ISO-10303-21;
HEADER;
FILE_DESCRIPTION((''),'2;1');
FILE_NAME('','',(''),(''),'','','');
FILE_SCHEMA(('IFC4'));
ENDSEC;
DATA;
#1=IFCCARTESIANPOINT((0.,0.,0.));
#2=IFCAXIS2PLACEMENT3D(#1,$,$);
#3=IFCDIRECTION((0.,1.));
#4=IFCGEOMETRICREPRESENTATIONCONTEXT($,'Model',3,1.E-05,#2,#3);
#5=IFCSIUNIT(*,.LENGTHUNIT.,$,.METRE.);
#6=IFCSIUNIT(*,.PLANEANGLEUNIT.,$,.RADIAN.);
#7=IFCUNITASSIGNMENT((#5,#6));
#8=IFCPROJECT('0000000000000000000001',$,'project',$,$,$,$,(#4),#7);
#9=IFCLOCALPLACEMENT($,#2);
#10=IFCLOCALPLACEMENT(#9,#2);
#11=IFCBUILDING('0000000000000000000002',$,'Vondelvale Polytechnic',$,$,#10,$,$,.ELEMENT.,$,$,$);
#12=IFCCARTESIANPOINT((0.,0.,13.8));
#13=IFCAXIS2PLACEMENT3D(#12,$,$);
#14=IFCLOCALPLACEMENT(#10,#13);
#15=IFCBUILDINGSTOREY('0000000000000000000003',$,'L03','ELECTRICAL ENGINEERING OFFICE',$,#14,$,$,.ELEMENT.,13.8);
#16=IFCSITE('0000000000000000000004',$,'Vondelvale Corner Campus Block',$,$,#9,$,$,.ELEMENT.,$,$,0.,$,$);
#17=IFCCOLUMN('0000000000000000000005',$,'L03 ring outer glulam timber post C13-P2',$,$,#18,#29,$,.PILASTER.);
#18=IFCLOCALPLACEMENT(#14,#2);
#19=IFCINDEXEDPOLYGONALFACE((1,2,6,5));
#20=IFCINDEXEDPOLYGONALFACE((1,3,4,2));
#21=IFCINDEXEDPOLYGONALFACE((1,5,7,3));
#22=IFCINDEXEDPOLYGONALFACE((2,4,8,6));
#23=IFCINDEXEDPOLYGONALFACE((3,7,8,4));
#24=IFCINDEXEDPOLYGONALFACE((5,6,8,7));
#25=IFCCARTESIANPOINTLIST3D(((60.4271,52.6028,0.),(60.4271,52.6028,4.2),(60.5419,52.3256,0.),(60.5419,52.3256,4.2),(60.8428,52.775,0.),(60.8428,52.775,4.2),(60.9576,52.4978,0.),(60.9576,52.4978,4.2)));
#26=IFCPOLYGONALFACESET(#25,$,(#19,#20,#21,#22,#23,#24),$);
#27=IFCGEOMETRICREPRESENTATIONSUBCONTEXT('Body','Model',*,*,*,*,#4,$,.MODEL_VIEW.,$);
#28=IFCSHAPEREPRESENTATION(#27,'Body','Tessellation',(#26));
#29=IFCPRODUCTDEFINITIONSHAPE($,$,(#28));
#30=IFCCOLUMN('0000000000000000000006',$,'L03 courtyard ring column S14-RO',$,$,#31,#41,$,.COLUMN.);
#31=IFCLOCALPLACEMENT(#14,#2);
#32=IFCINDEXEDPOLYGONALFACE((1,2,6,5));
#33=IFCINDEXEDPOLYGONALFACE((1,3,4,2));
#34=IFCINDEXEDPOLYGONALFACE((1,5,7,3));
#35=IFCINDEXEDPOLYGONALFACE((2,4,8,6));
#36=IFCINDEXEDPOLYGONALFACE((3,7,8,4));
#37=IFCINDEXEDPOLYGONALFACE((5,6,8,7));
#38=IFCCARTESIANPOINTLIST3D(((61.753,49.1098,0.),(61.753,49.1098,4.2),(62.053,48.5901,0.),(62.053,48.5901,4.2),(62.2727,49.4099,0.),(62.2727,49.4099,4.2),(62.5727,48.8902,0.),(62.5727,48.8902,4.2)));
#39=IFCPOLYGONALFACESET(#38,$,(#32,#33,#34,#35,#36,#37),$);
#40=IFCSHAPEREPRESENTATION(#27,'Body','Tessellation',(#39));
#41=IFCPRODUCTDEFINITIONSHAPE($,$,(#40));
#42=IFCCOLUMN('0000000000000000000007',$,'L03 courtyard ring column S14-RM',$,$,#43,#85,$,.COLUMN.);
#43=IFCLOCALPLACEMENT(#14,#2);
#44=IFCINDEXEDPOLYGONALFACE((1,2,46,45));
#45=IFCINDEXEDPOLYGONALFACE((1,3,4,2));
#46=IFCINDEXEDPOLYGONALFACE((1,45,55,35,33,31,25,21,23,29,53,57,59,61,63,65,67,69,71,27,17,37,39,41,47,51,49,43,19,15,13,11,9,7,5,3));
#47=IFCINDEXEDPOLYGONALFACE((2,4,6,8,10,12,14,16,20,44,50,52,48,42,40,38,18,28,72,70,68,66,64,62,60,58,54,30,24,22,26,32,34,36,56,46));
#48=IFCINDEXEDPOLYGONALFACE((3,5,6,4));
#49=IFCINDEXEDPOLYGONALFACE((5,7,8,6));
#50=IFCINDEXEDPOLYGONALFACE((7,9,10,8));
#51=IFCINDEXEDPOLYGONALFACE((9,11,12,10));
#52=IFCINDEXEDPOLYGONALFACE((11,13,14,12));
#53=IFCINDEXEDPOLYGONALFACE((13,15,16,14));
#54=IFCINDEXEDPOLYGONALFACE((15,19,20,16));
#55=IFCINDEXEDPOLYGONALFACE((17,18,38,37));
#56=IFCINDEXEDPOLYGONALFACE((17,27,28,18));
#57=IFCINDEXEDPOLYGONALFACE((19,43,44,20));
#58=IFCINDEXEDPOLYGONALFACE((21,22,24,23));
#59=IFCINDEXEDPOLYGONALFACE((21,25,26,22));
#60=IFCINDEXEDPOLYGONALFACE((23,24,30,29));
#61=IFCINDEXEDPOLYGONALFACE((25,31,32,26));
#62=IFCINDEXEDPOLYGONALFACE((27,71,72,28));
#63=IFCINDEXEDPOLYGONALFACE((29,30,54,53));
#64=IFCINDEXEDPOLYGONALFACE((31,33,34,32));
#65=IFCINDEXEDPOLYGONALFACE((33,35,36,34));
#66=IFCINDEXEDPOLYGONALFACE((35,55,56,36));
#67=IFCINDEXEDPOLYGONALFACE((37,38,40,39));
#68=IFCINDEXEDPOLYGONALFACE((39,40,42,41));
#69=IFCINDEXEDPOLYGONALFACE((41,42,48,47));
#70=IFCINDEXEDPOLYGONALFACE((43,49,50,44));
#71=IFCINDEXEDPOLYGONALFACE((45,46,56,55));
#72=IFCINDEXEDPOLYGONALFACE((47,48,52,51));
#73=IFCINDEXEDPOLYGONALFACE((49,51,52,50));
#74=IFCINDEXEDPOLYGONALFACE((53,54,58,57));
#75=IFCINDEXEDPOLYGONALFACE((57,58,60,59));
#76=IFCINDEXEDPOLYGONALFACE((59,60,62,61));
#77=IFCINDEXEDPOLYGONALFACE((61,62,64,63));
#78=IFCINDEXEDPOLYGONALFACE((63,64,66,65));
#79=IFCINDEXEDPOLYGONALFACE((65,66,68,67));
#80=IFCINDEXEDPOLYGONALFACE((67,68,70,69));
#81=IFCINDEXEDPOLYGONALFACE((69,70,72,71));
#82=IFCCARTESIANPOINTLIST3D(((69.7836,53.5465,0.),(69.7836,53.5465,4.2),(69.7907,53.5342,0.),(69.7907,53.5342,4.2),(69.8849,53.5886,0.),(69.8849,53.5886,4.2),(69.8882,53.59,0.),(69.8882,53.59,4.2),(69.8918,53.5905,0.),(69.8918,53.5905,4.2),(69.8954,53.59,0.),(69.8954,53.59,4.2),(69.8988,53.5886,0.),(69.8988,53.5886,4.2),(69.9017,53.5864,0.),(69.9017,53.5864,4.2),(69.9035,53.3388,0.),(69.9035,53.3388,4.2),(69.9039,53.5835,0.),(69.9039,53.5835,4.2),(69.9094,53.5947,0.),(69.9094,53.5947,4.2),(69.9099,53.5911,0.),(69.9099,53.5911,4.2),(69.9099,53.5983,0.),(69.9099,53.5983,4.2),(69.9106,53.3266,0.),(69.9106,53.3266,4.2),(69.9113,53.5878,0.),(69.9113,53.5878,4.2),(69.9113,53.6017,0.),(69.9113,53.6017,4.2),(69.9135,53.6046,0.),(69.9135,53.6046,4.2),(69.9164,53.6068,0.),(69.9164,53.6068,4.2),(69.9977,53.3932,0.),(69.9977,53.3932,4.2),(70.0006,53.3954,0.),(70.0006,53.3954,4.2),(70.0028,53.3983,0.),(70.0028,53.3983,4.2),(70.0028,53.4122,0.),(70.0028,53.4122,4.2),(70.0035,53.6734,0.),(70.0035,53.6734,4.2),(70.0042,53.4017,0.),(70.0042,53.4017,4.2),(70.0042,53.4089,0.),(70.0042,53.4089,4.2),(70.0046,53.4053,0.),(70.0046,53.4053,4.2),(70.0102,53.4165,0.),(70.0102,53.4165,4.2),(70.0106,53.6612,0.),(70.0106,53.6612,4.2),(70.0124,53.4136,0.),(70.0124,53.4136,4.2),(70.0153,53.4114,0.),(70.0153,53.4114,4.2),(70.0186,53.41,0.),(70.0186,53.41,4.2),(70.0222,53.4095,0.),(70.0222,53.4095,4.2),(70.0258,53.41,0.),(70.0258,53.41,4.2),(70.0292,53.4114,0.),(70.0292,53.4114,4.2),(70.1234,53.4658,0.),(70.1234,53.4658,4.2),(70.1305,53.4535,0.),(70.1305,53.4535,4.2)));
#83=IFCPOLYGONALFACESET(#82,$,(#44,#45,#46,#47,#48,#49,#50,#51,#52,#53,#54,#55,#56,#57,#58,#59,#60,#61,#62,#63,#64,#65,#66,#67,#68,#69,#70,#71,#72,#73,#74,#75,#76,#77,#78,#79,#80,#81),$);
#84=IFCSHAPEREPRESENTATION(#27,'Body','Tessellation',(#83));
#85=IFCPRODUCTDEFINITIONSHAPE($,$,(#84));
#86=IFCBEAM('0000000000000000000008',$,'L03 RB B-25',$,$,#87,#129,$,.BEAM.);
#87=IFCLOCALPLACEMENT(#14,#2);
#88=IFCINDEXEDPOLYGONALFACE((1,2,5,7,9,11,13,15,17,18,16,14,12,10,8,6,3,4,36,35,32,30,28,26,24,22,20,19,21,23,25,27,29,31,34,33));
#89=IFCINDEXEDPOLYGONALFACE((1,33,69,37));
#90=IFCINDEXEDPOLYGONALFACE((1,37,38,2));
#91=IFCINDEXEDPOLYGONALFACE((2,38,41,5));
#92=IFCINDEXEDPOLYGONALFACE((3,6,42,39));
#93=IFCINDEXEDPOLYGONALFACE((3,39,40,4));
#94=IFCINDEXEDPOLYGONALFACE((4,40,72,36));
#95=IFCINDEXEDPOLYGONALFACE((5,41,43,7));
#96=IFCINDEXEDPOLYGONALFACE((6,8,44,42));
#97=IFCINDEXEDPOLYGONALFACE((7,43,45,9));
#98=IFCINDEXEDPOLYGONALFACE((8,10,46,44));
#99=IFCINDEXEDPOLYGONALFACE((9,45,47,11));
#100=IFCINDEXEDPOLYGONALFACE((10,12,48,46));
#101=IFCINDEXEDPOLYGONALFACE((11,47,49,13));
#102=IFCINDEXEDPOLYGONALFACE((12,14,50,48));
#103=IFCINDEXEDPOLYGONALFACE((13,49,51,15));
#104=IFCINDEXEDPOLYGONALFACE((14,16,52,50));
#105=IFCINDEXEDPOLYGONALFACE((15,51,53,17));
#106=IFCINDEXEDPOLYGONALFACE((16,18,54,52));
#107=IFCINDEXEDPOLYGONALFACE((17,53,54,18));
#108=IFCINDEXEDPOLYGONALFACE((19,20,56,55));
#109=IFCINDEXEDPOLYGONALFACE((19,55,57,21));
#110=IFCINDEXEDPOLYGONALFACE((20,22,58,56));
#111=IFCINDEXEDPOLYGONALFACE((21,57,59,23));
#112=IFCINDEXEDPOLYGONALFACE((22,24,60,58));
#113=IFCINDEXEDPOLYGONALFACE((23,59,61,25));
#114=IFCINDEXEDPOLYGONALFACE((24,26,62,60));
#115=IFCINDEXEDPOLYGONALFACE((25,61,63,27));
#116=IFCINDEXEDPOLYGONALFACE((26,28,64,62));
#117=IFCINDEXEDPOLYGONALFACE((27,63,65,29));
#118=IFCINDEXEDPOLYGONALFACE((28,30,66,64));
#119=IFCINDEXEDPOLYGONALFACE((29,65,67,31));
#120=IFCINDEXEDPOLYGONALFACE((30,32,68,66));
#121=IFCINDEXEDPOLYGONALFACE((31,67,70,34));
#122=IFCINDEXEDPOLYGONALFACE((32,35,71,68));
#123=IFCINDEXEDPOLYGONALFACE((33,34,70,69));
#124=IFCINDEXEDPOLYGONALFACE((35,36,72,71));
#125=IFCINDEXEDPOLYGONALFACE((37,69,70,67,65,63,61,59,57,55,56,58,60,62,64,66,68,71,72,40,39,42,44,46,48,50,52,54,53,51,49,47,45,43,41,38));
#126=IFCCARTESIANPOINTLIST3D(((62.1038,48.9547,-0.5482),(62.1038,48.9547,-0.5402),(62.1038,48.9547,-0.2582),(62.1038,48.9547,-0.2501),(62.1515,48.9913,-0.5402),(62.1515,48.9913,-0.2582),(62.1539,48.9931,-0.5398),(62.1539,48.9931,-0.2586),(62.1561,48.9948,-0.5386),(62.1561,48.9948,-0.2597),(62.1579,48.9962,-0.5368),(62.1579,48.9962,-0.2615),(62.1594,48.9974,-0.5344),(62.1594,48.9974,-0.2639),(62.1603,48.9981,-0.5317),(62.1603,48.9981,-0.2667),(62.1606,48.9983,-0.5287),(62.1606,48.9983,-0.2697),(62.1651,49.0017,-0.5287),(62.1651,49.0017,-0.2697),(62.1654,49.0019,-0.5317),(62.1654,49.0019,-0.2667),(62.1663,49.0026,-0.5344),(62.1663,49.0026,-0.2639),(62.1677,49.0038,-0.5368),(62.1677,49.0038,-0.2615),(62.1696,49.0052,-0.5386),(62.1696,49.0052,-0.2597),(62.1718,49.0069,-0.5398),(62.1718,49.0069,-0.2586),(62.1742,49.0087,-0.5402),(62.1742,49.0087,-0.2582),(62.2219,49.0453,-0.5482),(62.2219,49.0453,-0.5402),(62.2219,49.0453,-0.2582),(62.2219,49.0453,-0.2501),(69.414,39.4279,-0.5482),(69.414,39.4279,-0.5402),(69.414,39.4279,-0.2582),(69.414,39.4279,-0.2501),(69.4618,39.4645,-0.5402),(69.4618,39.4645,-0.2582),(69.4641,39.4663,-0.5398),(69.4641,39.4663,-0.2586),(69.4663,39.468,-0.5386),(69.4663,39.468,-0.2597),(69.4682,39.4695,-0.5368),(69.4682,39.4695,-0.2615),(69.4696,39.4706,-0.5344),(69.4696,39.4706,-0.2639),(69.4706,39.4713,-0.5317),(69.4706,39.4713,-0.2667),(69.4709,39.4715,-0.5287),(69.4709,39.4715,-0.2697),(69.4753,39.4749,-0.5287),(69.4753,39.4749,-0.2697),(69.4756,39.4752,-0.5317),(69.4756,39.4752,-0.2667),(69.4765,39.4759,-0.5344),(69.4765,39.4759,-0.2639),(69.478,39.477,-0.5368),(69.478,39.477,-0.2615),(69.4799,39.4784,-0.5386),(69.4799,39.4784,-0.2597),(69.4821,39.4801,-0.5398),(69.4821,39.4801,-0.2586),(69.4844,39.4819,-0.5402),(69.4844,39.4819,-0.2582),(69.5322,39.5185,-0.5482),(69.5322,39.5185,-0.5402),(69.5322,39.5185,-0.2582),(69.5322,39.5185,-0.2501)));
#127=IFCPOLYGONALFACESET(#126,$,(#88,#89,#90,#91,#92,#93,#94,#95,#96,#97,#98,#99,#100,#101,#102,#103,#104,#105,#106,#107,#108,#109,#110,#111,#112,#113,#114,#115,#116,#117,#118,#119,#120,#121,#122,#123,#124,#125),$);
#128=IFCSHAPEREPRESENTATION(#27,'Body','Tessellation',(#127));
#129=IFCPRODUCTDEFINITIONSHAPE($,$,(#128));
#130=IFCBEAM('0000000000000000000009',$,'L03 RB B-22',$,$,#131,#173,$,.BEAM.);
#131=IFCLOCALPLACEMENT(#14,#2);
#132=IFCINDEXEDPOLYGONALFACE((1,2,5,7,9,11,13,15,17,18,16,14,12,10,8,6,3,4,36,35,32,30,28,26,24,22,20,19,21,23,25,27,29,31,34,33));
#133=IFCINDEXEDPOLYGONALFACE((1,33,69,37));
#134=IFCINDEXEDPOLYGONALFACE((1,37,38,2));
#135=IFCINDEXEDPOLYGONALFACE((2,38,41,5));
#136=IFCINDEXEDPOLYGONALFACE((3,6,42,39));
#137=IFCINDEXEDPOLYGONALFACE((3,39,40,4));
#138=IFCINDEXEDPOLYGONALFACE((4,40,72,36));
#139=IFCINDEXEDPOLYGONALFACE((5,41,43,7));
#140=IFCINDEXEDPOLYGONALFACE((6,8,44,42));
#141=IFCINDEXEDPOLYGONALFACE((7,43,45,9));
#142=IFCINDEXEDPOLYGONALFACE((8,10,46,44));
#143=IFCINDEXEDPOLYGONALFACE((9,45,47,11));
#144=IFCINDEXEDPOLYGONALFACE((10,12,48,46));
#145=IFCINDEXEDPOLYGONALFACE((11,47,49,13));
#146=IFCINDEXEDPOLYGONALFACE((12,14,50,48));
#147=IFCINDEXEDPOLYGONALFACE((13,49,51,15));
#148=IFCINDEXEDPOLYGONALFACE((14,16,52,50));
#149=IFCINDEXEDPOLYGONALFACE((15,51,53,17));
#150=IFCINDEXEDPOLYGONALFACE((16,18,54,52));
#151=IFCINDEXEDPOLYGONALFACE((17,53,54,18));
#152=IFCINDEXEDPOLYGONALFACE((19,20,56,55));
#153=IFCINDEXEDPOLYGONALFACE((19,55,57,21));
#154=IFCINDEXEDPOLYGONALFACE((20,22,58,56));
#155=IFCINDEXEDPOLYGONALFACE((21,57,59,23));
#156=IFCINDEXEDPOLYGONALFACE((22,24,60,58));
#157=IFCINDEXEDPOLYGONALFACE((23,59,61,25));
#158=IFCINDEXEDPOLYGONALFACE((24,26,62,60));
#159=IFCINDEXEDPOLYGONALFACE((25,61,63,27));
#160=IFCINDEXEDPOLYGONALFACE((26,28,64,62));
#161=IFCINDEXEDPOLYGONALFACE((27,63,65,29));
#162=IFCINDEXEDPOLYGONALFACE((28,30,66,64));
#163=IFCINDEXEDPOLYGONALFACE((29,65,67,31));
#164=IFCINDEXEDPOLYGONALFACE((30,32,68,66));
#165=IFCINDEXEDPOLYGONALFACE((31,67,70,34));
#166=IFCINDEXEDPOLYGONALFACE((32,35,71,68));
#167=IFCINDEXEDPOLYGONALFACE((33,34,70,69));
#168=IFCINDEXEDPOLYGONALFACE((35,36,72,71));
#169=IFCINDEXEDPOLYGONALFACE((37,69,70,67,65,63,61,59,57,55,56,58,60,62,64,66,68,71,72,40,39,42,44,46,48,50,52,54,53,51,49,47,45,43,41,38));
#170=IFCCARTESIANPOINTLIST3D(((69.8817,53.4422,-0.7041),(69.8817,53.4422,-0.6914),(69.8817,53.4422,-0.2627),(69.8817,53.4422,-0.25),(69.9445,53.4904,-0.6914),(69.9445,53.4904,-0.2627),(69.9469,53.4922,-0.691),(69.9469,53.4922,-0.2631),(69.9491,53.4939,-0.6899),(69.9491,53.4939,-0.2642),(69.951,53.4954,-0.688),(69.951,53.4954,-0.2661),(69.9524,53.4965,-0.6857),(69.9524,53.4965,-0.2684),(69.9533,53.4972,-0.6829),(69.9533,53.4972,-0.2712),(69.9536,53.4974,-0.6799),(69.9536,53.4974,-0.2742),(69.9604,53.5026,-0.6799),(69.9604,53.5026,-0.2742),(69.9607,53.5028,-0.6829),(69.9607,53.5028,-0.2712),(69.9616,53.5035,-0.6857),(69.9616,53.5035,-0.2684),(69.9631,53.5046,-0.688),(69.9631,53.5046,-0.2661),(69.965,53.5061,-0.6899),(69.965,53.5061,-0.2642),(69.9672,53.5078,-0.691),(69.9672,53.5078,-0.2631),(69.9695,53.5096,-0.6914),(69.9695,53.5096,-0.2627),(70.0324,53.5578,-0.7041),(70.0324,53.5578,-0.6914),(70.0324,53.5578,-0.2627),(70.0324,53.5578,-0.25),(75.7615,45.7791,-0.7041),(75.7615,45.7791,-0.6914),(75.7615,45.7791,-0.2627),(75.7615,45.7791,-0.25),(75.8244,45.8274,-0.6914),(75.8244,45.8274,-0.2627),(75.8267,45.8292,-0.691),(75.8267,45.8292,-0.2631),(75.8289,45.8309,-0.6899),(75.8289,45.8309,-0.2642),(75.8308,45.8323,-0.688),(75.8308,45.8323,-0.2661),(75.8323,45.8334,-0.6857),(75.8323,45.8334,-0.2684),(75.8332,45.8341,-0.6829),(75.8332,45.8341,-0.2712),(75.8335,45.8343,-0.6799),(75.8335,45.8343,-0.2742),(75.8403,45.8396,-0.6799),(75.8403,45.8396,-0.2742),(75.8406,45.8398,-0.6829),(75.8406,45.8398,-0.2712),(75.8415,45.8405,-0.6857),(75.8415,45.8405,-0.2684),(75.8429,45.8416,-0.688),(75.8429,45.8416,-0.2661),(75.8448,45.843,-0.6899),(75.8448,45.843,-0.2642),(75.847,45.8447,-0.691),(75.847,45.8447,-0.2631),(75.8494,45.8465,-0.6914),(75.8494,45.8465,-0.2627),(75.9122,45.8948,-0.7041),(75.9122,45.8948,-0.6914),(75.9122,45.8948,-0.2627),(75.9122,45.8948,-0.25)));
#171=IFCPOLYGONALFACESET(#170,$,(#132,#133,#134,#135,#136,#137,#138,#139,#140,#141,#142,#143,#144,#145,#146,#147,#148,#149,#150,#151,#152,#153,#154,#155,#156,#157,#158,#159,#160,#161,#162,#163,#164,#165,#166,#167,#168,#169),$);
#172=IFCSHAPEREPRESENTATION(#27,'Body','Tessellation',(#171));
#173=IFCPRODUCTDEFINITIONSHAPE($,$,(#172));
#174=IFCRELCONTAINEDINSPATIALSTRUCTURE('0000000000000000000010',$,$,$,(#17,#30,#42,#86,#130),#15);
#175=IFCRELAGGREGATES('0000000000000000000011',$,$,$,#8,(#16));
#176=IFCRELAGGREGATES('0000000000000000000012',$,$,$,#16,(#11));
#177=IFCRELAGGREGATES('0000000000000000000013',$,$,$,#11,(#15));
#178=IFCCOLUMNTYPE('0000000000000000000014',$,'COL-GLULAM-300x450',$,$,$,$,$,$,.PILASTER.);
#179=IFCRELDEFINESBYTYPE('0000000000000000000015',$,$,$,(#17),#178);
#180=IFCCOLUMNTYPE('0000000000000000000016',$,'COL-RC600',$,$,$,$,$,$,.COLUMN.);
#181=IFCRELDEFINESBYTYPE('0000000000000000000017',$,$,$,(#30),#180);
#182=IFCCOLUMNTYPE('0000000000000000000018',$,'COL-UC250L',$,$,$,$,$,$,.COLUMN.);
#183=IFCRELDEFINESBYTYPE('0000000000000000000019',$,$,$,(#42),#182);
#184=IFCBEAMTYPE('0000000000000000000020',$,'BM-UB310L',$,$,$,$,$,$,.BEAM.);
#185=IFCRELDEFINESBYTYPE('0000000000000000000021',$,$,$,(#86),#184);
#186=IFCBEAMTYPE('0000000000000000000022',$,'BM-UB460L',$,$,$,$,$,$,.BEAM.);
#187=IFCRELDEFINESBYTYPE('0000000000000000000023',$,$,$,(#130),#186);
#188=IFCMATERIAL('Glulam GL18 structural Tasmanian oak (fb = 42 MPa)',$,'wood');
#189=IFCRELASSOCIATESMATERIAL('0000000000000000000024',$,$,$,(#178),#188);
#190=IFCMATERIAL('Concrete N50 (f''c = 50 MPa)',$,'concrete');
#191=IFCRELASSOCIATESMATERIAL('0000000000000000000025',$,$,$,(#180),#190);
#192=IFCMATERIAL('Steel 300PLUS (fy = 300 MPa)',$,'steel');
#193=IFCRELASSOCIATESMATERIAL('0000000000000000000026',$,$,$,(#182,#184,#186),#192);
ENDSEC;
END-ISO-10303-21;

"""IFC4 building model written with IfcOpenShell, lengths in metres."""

from ifc_helpers import new_model, si_unit, direction, frame, origin, origin_2d, place, context, subcontext, project, spatial, rectangle, i_section, extrude, material, material_profile, profile_set, type_object, element, save


model = new_model("IFC4")

# Units and contexts
model_context = context("Model", 3, precision=1e-05, world=origin(), true_north=direction((0.0, 1.0)))
body_context = subcontext(model_context, "Body", "Model", "MODEL_VIEW")
ifc_project = project(units=[si_unit("LENGTHUNIT", "METRE"), si_unit("PLANEANGLEUNIT", "RADIAN")], contexts=[model_context])

# Site, building, storey
site_placement = place(None, origin())
site = spatial("IfcSite", under=ifc_project, at=site_placement, Name="Vondelvale Corner Campus Block", CompositionType="ELEMENT", RefElevation=0.0)
building_placement = place(site_placement, origin())
building = spatial("IfcBuilding", under=site, at=building_placement, Name="Vondelvale Polytechnic", CompositionType="ELEMENT")
storey_placement = place(building_placement, frame((0.0, 0.0, 13.8)))
storey = spatial("IfcBuildingStorey", under=building, at=storey_placement, Name="L03", Description="ELECTRICAL ENGINEERING OFFICE", CompositionType="ELEMENT", Elevation=13.8)

# Columns
ifc_material_1 = material(Name="Glulam GL18 structural Tasmanian oak (fb = 42 MPa)", Category="wood")
ifc_material_profile_1 = material_profile(ifc_material_1, rectangle(XDim=0.3, YDim=0.45, at=origin_2d()), Name="GL-POST-300x450")
ifc_profile_set_1 = profile_set([ifc_material_profile_1], Name="Glulam GL18 structural Tasmanian oak (fb = 42 MPa)")
column_type_1 = type_object("IfcColumnType", Name="COL-GLULAM-300x450", PredefinedType="PILASTER", material=ifc_profile_set_1)
column_1_placement = place(storey_placement, frame((60.6924, 52.5503, 0.0), z_axis=(0.0, 0.0, 1.0), x_axis=(-0.382683, 0.92388, 0.0)))
element("IfcColumn", 1, at=column_1_placement, inside=storey, type_object=column_type_1, Name="L03 ring outer glulam timber post C13-P2", PredefinedType="PILASTER", context=body_context, shape_type="SweptSolid", body=[
    extrude(rectangle(XDim=0.3, YDim=0.45, at=origin_2d()), origin(), (0.0, 0.0, 1.0), 4.2),
])
ifc_material_2 = material(Name="Concrete N50 (f'c = 50 MPa)", Category="concrete")
ifc_material_profile_2 = material_profile(ifc_material_2, rectangle(XDim=0.6001, YDim=0.6001, at=origin_2d()), Name="RC-COL-600x600")
ifc_profile_set_2 = profile_set([ifc_material_profile_2], Name="Concrete N50 (f'c = 50 MPa)")
column_type_2 = type_object("IfcColumnType", Name="COL-RC600", PredefinedType="COLUMN", material=ifc_profile_set_2)
column_2_placement = place(storey_placement, frame((62.1628, 49.0, 0.0), z_axis=(0.0, 0.0, 1.0), x_axis=(0.866025, 0.5, 0.0)))
element("IfcColumn", 2, at=column_2_placement, inside=storey, type_object=column_type_2, Name="L03 courtyard ring column S14-RO", PredefinedType="COLUMN", context=body_context, shape_type="SweptSolid", body=[
    extrude(rectangle(XDim=0.6001, YDim=0.6001, at=origin_2d()), origin(), (0.0, 0.0, 1.0), 4.2),
])
ifc_material_3 = material(Name="Steel 300PLUS (fy = 300 MPa)", Category="steel")
ifc_material_profile_3 = material_profile(ifc_material_3, i_section(OverallWidth=0.2539, OverallDepth=0.2539, WebThickness=0.0085, FlangeThickness=0.0142, FilletRadius=0.0139, at=origin_2d()), Name="250UC72.9")
ifc_profile_set_3 = profile_set([ifc_material_profile_3], Name="Steel 300PLUS (fy = 300 MPa)")
column_type_3 = type_object("IfcColumnType", Name="COL-UC250L", PredefinedType="COLUMN", material=ifc_profile_set_3)
column_3_placement = place(storey_placement, frame((69.957, 53.5, 0.0), z_axis=(0.0, 0.0, 1.0), x_axis=(0.866025, 0.5, 0.0)))
element("IfcColumn", 3, at=column_3_placement, inside=storey, type_object=column_type_3, Name="L03 courtyard ring column S14-RM", PredefinedType="COLUMN", context=body_context, shape_type="SweptSolid", body=[
    extrude(i_section(OverallWidth=0.2539, OverallDepth=0.2539, WebThickness=0.0085, FlangeThickness=0.0142, FilletRadius=0.0139, at=origin_2d()), origin(), (0.0, 0.0, 1.0), 4.2),
])

# Beams
ifc_material_profile_4 = material_profile(ifc_material_3, i_section(OverallWidth=0.1489, OverallDepth=0.2981, WebThickness=0.0056, FlangeThickness=0.0081, FilletRadius=0.0115, at=origin_2d()), Name="310UB32.0")
ifc_profile_set_4 = profile_set([ifc_material_profile_4], Name="Steel 300PLUS (fy = 300 MPa)")
beam_type_1 = type_object("IfcBeamType", Name="BM-UB310L", PredefinedType="BEAM", material=ifc_profile_set_4)
beam_1_placement = place(storey_placement, frame((62.1628, 49.0, -0.3992), z_axis=(0.608766, -0.79335, 0.0), x_axis=(0.79335, 0.608766, 0.0)))
element("IfcBeam", 4, at=beam_1_placement, inside=storey, type_object=beam_type_1, Name="L03 RB B-25", PredefinedType="BEAM", context=body_context, shape_type="SweptSolid", body=[
    extrude(i_section(OverallWidth=0.1489, OverallDepth=0.2981, WebThickness=0.0056, FlangeThickness=0.0081, FilletRadius=0.0115, at=origin_2d()), origin(), (0.0, 0.0, 1.0), 12.0083),
])
ifc_material_profile_5 = material_profile(ifc_material_3, i_section(OverallWidth=0.1899, OverallDepth=0.4541, WebThickness=0.0085, FlangeThickness=0.0127, FilletRadius=0.0115, at=origin_2d()), Name="460UB67.1")
ifc_profile_set_5 = profile_set([ifc_material_profile_5], Name="Steel 300PLUS (fy = 300 MPa)")
beam_type_2 = type_object("IfcBeamType", Name="BM-UB460L", PredefinedType="BEAM", material=ifc_profile_set_5)
beam_2_placement = place(storey_placement, frame((69.957, 53.5, -0.4771), z_axis=(0.608748, -0.793364, 0.0), x_axis=(0.793364, 0.608748, 0.0)))
element("IfcBeam", 5, at=beam_2_placement, inside=storey, type_object=beam_type_2, Name="L03 RB B-22", PredefinedType="BEAM", context=body_context, shape_type="SweptSolid", body=[
    extrude(i_section(OverallWidth=0.1899, OverallDepth=0.4541, WebThickness=0.0085, FlangeThickness=0.0127, FilletRadius=0.0115, at=origin_2d()), origin(), (0.0, 0.0, 1.0), 9.6589),
])

save(model, "model.ifc")
